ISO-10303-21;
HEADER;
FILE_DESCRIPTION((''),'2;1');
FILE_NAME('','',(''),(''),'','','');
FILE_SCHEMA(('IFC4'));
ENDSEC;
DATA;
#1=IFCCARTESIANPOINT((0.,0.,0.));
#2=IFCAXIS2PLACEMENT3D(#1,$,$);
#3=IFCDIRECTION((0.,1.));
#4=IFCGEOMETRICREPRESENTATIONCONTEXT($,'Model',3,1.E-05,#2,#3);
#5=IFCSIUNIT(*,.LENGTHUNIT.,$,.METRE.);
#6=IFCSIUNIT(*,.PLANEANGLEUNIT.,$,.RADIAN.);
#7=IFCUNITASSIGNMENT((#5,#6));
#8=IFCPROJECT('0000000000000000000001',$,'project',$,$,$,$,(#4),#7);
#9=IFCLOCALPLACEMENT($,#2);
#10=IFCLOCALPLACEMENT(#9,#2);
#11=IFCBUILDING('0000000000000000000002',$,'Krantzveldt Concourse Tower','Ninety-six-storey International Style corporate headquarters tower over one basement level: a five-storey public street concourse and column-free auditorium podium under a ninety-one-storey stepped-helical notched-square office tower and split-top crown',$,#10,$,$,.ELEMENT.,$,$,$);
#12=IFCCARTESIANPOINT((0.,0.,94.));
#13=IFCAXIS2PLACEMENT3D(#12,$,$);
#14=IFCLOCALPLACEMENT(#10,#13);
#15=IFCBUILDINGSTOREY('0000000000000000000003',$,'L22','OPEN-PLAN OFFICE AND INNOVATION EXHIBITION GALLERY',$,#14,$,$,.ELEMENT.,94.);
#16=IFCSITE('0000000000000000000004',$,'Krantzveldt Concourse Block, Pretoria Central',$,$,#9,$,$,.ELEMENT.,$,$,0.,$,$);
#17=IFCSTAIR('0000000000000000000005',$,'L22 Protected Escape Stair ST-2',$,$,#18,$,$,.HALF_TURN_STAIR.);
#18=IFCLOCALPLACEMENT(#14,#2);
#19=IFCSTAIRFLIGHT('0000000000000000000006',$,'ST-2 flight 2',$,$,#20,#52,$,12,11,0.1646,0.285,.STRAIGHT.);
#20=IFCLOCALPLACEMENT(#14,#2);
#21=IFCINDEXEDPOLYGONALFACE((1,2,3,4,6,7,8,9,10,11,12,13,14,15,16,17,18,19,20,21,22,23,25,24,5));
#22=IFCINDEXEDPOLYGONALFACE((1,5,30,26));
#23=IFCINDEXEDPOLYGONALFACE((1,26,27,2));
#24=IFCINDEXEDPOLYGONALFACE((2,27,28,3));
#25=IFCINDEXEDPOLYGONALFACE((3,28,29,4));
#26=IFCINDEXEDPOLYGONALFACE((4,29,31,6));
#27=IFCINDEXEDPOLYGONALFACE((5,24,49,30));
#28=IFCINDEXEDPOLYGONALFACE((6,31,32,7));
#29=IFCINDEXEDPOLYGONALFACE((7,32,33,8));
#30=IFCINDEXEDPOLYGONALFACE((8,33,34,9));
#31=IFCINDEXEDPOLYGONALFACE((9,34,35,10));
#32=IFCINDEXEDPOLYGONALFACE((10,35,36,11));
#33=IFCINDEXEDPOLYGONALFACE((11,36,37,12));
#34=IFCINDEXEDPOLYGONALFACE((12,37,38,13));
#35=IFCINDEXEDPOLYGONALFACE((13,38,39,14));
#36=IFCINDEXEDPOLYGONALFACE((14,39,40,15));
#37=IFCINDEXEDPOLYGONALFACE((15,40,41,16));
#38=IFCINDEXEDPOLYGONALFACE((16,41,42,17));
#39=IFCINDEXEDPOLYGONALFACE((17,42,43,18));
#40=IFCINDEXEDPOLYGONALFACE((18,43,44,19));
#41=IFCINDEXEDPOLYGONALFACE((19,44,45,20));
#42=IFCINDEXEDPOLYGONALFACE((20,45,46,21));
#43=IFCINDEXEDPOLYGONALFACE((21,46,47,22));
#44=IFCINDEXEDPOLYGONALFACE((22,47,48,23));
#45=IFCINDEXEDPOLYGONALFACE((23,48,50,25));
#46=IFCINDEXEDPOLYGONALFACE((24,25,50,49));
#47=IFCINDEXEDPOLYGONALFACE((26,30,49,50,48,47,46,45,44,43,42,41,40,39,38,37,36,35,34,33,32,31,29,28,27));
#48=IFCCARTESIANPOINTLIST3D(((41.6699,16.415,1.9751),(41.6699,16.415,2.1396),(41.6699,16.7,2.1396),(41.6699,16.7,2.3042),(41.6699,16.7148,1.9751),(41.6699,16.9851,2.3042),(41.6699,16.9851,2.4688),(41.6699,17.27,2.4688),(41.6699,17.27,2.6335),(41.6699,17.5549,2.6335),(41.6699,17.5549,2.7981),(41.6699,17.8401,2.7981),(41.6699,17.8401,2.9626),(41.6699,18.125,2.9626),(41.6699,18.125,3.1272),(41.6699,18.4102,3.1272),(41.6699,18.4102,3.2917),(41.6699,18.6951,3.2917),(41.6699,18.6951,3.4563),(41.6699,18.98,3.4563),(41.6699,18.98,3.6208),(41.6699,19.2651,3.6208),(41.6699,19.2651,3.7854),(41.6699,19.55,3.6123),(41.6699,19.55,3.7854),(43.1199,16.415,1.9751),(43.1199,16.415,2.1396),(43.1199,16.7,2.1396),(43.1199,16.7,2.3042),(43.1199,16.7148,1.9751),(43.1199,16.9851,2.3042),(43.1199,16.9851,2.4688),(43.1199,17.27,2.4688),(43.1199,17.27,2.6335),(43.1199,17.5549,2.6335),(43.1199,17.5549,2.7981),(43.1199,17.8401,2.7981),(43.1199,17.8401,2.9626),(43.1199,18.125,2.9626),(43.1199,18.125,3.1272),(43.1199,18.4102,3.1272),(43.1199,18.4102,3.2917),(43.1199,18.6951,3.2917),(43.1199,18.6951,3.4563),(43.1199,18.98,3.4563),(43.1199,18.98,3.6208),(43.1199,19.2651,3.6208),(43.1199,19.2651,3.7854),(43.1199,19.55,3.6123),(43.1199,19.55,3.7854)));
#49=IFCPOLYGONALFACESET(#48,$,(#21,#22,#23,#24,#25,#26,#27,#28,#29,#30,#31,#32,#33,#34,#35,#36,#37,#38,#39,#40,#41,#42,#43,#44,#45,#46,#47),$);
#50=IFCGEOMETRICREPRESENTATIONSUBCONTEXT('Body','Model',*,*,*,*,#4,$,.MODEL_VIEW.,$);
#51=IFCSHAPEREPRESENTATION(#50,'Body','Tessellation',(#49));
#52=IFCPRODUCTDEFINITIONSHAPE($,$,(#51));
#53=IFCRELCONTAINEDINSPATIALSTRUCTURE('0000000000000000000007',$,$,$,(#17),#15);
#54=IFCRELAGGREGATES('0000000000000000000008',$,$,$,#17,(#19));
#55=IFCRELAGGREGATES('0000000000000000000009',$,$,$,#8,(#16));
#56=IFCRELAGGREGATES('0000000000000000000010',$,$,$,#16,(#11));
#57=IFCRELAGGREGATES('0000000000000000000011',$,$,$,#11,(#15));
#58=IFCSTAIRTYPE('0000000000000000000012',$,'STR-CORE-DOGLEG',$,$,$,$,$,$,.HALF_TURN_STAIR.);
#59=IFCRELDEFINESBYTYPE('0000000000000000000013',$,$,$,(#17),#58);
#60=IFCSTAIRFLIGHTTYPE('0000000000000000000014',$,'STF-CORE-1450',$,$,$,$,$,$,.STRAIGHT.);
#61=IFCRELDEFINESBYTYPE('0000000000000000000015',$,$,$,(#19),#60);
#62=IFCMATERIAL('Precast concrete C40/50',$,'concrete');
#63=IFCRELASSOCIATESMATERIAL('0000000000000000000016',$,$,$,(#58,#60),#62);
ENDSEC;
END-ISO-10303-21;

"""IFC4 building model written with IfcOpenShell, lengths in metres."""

from ifc_helpers import new_model, si_unit, direction, frame, origin, place, context, subcontext, project, spatial, polyline, outline, extrude, material, type_object, element, aggregate, save


model = new_model("IFC4")

# Units and contexts
model_context = context("Model", 3, precision=1e-05, world=origin(), true_north=direction((0.0, 1.0)))
body_context = subcontext(model_context, "Body", "Model", "MODEL_VIEW")
ifc_project = project(units=[si_unit("LENGTHUNIT", "METRE"), si_unit("PLANEANGLEUNIT", "RADIAN")], contexts=[model_context])

# Site, building, storey
site_placement = place(None, origin())
site = spatial("IfcSite", under=ifc_project, at=site_placement, Name="Krantzveldt Concourse Block, Pretoria Central", CompositionType="ELEMENT", RefElevation=0.0)
building_placement = place(site_placement, origin())
building = spatial("IfcBuilding", under=site, at=building_placement, Name="Krantzveldt Concourse Tower", Description="Ninety-six-storey International Style corporate headquarters tower over one basement level: a five-storey public street concourse and column-free auditorium podium under a ninety-one-storey stepped-helical notched-square office tower and split-top crown", CompositionType="ELEMENT")
storey_placement = place(building_placement, frame((0.0, 0.0, 94.0)))
storey = spatial("IfcBuildingStorey", under=building, at=storey_placement, Name="L22", Description="OPEN-PLAN OFFICE AND INNOVATION EXHIBITION GALLERY", CompositionType="ELEMENT", Elevation=94.0)

# Stair, stair flight
ifc_material_1 = material(Name="Precast concrete C40/50", Category="concrete")
stair_type = type_object("IfcStairType", Name="STR-CORE-DOGLEG", PredefinedType="HALF_TURN_STAIR", material=ifc_material_1)
stair_placement = place(storey_placement, origin())
stair = element("IfcStair", 1, at=stair_placement, inside=storey, type_object=stair_type, Name="L22 Protected Escape Stair ST-2", PredefinedType="HALF_TURN_STAIR")
stair_flight_type = type_object("IfcStairFlightType", Name="STF-CORE-1450", PredefinedType="STRAIGHT", material=ifc_material_1)
stair_flight_1_placement = place(storey_placement, frame((42.395, 16.415, 1.9751), z_axis=(0.0, 0.0, 1.0), x_axis=(0.0, 1.0, 0.0)))
stair_flight_1 = element("IfcStairFlight", 2, at=stair_flight_1_placement, type_object=stair_flight_type, Name="ST-2 flight 2", NumberOfRisers=12, NumberOfTreads=11, PredefinedType="STRAIGHT", RiserHeight=0.1646, TreadLength=0.285, context=body_context, shape_type="SweptSolid", body=[
    extrude(outline(polyline([(0.0, 0.0), (0.0, 0.1646), (0.2849, 0.1646), (0.2849, 0.3291), (0.5701, 0.3291), (0.5701, 0.4937), (0.855, 0.4937), (0.855, 0.6584), (1.1399, 0.6584), (1.1399, 0.823), (1.425, 0.823), (1.425, 0.9875), (1.71, 0.9875), (1.71, 1.1521), (1.9951, 1.1521), (1.9951, 1.3167), (2.28, 1.3167), (2.28, 1.4812), (2.5649, 1.4812), (2.5649, 1.6458), (2.8501, 1.6458), (2.8501, 1.8103), (3.135, 1.8103), (3.135, 1.9751), (3.135, 1.6372), (0.2998, 0.0), (0.0, 0.0)])), frame((0.0, 0.7251, 0.0), z_axis=(0.0, -1.0, 0.0), x_axis=(1.0, 0.0, 0.0)), (0.0, 0.0, 1.0), 1.45),
])
aggregate(stair, [stair_flight_1])

save(model, "model.ifc")
